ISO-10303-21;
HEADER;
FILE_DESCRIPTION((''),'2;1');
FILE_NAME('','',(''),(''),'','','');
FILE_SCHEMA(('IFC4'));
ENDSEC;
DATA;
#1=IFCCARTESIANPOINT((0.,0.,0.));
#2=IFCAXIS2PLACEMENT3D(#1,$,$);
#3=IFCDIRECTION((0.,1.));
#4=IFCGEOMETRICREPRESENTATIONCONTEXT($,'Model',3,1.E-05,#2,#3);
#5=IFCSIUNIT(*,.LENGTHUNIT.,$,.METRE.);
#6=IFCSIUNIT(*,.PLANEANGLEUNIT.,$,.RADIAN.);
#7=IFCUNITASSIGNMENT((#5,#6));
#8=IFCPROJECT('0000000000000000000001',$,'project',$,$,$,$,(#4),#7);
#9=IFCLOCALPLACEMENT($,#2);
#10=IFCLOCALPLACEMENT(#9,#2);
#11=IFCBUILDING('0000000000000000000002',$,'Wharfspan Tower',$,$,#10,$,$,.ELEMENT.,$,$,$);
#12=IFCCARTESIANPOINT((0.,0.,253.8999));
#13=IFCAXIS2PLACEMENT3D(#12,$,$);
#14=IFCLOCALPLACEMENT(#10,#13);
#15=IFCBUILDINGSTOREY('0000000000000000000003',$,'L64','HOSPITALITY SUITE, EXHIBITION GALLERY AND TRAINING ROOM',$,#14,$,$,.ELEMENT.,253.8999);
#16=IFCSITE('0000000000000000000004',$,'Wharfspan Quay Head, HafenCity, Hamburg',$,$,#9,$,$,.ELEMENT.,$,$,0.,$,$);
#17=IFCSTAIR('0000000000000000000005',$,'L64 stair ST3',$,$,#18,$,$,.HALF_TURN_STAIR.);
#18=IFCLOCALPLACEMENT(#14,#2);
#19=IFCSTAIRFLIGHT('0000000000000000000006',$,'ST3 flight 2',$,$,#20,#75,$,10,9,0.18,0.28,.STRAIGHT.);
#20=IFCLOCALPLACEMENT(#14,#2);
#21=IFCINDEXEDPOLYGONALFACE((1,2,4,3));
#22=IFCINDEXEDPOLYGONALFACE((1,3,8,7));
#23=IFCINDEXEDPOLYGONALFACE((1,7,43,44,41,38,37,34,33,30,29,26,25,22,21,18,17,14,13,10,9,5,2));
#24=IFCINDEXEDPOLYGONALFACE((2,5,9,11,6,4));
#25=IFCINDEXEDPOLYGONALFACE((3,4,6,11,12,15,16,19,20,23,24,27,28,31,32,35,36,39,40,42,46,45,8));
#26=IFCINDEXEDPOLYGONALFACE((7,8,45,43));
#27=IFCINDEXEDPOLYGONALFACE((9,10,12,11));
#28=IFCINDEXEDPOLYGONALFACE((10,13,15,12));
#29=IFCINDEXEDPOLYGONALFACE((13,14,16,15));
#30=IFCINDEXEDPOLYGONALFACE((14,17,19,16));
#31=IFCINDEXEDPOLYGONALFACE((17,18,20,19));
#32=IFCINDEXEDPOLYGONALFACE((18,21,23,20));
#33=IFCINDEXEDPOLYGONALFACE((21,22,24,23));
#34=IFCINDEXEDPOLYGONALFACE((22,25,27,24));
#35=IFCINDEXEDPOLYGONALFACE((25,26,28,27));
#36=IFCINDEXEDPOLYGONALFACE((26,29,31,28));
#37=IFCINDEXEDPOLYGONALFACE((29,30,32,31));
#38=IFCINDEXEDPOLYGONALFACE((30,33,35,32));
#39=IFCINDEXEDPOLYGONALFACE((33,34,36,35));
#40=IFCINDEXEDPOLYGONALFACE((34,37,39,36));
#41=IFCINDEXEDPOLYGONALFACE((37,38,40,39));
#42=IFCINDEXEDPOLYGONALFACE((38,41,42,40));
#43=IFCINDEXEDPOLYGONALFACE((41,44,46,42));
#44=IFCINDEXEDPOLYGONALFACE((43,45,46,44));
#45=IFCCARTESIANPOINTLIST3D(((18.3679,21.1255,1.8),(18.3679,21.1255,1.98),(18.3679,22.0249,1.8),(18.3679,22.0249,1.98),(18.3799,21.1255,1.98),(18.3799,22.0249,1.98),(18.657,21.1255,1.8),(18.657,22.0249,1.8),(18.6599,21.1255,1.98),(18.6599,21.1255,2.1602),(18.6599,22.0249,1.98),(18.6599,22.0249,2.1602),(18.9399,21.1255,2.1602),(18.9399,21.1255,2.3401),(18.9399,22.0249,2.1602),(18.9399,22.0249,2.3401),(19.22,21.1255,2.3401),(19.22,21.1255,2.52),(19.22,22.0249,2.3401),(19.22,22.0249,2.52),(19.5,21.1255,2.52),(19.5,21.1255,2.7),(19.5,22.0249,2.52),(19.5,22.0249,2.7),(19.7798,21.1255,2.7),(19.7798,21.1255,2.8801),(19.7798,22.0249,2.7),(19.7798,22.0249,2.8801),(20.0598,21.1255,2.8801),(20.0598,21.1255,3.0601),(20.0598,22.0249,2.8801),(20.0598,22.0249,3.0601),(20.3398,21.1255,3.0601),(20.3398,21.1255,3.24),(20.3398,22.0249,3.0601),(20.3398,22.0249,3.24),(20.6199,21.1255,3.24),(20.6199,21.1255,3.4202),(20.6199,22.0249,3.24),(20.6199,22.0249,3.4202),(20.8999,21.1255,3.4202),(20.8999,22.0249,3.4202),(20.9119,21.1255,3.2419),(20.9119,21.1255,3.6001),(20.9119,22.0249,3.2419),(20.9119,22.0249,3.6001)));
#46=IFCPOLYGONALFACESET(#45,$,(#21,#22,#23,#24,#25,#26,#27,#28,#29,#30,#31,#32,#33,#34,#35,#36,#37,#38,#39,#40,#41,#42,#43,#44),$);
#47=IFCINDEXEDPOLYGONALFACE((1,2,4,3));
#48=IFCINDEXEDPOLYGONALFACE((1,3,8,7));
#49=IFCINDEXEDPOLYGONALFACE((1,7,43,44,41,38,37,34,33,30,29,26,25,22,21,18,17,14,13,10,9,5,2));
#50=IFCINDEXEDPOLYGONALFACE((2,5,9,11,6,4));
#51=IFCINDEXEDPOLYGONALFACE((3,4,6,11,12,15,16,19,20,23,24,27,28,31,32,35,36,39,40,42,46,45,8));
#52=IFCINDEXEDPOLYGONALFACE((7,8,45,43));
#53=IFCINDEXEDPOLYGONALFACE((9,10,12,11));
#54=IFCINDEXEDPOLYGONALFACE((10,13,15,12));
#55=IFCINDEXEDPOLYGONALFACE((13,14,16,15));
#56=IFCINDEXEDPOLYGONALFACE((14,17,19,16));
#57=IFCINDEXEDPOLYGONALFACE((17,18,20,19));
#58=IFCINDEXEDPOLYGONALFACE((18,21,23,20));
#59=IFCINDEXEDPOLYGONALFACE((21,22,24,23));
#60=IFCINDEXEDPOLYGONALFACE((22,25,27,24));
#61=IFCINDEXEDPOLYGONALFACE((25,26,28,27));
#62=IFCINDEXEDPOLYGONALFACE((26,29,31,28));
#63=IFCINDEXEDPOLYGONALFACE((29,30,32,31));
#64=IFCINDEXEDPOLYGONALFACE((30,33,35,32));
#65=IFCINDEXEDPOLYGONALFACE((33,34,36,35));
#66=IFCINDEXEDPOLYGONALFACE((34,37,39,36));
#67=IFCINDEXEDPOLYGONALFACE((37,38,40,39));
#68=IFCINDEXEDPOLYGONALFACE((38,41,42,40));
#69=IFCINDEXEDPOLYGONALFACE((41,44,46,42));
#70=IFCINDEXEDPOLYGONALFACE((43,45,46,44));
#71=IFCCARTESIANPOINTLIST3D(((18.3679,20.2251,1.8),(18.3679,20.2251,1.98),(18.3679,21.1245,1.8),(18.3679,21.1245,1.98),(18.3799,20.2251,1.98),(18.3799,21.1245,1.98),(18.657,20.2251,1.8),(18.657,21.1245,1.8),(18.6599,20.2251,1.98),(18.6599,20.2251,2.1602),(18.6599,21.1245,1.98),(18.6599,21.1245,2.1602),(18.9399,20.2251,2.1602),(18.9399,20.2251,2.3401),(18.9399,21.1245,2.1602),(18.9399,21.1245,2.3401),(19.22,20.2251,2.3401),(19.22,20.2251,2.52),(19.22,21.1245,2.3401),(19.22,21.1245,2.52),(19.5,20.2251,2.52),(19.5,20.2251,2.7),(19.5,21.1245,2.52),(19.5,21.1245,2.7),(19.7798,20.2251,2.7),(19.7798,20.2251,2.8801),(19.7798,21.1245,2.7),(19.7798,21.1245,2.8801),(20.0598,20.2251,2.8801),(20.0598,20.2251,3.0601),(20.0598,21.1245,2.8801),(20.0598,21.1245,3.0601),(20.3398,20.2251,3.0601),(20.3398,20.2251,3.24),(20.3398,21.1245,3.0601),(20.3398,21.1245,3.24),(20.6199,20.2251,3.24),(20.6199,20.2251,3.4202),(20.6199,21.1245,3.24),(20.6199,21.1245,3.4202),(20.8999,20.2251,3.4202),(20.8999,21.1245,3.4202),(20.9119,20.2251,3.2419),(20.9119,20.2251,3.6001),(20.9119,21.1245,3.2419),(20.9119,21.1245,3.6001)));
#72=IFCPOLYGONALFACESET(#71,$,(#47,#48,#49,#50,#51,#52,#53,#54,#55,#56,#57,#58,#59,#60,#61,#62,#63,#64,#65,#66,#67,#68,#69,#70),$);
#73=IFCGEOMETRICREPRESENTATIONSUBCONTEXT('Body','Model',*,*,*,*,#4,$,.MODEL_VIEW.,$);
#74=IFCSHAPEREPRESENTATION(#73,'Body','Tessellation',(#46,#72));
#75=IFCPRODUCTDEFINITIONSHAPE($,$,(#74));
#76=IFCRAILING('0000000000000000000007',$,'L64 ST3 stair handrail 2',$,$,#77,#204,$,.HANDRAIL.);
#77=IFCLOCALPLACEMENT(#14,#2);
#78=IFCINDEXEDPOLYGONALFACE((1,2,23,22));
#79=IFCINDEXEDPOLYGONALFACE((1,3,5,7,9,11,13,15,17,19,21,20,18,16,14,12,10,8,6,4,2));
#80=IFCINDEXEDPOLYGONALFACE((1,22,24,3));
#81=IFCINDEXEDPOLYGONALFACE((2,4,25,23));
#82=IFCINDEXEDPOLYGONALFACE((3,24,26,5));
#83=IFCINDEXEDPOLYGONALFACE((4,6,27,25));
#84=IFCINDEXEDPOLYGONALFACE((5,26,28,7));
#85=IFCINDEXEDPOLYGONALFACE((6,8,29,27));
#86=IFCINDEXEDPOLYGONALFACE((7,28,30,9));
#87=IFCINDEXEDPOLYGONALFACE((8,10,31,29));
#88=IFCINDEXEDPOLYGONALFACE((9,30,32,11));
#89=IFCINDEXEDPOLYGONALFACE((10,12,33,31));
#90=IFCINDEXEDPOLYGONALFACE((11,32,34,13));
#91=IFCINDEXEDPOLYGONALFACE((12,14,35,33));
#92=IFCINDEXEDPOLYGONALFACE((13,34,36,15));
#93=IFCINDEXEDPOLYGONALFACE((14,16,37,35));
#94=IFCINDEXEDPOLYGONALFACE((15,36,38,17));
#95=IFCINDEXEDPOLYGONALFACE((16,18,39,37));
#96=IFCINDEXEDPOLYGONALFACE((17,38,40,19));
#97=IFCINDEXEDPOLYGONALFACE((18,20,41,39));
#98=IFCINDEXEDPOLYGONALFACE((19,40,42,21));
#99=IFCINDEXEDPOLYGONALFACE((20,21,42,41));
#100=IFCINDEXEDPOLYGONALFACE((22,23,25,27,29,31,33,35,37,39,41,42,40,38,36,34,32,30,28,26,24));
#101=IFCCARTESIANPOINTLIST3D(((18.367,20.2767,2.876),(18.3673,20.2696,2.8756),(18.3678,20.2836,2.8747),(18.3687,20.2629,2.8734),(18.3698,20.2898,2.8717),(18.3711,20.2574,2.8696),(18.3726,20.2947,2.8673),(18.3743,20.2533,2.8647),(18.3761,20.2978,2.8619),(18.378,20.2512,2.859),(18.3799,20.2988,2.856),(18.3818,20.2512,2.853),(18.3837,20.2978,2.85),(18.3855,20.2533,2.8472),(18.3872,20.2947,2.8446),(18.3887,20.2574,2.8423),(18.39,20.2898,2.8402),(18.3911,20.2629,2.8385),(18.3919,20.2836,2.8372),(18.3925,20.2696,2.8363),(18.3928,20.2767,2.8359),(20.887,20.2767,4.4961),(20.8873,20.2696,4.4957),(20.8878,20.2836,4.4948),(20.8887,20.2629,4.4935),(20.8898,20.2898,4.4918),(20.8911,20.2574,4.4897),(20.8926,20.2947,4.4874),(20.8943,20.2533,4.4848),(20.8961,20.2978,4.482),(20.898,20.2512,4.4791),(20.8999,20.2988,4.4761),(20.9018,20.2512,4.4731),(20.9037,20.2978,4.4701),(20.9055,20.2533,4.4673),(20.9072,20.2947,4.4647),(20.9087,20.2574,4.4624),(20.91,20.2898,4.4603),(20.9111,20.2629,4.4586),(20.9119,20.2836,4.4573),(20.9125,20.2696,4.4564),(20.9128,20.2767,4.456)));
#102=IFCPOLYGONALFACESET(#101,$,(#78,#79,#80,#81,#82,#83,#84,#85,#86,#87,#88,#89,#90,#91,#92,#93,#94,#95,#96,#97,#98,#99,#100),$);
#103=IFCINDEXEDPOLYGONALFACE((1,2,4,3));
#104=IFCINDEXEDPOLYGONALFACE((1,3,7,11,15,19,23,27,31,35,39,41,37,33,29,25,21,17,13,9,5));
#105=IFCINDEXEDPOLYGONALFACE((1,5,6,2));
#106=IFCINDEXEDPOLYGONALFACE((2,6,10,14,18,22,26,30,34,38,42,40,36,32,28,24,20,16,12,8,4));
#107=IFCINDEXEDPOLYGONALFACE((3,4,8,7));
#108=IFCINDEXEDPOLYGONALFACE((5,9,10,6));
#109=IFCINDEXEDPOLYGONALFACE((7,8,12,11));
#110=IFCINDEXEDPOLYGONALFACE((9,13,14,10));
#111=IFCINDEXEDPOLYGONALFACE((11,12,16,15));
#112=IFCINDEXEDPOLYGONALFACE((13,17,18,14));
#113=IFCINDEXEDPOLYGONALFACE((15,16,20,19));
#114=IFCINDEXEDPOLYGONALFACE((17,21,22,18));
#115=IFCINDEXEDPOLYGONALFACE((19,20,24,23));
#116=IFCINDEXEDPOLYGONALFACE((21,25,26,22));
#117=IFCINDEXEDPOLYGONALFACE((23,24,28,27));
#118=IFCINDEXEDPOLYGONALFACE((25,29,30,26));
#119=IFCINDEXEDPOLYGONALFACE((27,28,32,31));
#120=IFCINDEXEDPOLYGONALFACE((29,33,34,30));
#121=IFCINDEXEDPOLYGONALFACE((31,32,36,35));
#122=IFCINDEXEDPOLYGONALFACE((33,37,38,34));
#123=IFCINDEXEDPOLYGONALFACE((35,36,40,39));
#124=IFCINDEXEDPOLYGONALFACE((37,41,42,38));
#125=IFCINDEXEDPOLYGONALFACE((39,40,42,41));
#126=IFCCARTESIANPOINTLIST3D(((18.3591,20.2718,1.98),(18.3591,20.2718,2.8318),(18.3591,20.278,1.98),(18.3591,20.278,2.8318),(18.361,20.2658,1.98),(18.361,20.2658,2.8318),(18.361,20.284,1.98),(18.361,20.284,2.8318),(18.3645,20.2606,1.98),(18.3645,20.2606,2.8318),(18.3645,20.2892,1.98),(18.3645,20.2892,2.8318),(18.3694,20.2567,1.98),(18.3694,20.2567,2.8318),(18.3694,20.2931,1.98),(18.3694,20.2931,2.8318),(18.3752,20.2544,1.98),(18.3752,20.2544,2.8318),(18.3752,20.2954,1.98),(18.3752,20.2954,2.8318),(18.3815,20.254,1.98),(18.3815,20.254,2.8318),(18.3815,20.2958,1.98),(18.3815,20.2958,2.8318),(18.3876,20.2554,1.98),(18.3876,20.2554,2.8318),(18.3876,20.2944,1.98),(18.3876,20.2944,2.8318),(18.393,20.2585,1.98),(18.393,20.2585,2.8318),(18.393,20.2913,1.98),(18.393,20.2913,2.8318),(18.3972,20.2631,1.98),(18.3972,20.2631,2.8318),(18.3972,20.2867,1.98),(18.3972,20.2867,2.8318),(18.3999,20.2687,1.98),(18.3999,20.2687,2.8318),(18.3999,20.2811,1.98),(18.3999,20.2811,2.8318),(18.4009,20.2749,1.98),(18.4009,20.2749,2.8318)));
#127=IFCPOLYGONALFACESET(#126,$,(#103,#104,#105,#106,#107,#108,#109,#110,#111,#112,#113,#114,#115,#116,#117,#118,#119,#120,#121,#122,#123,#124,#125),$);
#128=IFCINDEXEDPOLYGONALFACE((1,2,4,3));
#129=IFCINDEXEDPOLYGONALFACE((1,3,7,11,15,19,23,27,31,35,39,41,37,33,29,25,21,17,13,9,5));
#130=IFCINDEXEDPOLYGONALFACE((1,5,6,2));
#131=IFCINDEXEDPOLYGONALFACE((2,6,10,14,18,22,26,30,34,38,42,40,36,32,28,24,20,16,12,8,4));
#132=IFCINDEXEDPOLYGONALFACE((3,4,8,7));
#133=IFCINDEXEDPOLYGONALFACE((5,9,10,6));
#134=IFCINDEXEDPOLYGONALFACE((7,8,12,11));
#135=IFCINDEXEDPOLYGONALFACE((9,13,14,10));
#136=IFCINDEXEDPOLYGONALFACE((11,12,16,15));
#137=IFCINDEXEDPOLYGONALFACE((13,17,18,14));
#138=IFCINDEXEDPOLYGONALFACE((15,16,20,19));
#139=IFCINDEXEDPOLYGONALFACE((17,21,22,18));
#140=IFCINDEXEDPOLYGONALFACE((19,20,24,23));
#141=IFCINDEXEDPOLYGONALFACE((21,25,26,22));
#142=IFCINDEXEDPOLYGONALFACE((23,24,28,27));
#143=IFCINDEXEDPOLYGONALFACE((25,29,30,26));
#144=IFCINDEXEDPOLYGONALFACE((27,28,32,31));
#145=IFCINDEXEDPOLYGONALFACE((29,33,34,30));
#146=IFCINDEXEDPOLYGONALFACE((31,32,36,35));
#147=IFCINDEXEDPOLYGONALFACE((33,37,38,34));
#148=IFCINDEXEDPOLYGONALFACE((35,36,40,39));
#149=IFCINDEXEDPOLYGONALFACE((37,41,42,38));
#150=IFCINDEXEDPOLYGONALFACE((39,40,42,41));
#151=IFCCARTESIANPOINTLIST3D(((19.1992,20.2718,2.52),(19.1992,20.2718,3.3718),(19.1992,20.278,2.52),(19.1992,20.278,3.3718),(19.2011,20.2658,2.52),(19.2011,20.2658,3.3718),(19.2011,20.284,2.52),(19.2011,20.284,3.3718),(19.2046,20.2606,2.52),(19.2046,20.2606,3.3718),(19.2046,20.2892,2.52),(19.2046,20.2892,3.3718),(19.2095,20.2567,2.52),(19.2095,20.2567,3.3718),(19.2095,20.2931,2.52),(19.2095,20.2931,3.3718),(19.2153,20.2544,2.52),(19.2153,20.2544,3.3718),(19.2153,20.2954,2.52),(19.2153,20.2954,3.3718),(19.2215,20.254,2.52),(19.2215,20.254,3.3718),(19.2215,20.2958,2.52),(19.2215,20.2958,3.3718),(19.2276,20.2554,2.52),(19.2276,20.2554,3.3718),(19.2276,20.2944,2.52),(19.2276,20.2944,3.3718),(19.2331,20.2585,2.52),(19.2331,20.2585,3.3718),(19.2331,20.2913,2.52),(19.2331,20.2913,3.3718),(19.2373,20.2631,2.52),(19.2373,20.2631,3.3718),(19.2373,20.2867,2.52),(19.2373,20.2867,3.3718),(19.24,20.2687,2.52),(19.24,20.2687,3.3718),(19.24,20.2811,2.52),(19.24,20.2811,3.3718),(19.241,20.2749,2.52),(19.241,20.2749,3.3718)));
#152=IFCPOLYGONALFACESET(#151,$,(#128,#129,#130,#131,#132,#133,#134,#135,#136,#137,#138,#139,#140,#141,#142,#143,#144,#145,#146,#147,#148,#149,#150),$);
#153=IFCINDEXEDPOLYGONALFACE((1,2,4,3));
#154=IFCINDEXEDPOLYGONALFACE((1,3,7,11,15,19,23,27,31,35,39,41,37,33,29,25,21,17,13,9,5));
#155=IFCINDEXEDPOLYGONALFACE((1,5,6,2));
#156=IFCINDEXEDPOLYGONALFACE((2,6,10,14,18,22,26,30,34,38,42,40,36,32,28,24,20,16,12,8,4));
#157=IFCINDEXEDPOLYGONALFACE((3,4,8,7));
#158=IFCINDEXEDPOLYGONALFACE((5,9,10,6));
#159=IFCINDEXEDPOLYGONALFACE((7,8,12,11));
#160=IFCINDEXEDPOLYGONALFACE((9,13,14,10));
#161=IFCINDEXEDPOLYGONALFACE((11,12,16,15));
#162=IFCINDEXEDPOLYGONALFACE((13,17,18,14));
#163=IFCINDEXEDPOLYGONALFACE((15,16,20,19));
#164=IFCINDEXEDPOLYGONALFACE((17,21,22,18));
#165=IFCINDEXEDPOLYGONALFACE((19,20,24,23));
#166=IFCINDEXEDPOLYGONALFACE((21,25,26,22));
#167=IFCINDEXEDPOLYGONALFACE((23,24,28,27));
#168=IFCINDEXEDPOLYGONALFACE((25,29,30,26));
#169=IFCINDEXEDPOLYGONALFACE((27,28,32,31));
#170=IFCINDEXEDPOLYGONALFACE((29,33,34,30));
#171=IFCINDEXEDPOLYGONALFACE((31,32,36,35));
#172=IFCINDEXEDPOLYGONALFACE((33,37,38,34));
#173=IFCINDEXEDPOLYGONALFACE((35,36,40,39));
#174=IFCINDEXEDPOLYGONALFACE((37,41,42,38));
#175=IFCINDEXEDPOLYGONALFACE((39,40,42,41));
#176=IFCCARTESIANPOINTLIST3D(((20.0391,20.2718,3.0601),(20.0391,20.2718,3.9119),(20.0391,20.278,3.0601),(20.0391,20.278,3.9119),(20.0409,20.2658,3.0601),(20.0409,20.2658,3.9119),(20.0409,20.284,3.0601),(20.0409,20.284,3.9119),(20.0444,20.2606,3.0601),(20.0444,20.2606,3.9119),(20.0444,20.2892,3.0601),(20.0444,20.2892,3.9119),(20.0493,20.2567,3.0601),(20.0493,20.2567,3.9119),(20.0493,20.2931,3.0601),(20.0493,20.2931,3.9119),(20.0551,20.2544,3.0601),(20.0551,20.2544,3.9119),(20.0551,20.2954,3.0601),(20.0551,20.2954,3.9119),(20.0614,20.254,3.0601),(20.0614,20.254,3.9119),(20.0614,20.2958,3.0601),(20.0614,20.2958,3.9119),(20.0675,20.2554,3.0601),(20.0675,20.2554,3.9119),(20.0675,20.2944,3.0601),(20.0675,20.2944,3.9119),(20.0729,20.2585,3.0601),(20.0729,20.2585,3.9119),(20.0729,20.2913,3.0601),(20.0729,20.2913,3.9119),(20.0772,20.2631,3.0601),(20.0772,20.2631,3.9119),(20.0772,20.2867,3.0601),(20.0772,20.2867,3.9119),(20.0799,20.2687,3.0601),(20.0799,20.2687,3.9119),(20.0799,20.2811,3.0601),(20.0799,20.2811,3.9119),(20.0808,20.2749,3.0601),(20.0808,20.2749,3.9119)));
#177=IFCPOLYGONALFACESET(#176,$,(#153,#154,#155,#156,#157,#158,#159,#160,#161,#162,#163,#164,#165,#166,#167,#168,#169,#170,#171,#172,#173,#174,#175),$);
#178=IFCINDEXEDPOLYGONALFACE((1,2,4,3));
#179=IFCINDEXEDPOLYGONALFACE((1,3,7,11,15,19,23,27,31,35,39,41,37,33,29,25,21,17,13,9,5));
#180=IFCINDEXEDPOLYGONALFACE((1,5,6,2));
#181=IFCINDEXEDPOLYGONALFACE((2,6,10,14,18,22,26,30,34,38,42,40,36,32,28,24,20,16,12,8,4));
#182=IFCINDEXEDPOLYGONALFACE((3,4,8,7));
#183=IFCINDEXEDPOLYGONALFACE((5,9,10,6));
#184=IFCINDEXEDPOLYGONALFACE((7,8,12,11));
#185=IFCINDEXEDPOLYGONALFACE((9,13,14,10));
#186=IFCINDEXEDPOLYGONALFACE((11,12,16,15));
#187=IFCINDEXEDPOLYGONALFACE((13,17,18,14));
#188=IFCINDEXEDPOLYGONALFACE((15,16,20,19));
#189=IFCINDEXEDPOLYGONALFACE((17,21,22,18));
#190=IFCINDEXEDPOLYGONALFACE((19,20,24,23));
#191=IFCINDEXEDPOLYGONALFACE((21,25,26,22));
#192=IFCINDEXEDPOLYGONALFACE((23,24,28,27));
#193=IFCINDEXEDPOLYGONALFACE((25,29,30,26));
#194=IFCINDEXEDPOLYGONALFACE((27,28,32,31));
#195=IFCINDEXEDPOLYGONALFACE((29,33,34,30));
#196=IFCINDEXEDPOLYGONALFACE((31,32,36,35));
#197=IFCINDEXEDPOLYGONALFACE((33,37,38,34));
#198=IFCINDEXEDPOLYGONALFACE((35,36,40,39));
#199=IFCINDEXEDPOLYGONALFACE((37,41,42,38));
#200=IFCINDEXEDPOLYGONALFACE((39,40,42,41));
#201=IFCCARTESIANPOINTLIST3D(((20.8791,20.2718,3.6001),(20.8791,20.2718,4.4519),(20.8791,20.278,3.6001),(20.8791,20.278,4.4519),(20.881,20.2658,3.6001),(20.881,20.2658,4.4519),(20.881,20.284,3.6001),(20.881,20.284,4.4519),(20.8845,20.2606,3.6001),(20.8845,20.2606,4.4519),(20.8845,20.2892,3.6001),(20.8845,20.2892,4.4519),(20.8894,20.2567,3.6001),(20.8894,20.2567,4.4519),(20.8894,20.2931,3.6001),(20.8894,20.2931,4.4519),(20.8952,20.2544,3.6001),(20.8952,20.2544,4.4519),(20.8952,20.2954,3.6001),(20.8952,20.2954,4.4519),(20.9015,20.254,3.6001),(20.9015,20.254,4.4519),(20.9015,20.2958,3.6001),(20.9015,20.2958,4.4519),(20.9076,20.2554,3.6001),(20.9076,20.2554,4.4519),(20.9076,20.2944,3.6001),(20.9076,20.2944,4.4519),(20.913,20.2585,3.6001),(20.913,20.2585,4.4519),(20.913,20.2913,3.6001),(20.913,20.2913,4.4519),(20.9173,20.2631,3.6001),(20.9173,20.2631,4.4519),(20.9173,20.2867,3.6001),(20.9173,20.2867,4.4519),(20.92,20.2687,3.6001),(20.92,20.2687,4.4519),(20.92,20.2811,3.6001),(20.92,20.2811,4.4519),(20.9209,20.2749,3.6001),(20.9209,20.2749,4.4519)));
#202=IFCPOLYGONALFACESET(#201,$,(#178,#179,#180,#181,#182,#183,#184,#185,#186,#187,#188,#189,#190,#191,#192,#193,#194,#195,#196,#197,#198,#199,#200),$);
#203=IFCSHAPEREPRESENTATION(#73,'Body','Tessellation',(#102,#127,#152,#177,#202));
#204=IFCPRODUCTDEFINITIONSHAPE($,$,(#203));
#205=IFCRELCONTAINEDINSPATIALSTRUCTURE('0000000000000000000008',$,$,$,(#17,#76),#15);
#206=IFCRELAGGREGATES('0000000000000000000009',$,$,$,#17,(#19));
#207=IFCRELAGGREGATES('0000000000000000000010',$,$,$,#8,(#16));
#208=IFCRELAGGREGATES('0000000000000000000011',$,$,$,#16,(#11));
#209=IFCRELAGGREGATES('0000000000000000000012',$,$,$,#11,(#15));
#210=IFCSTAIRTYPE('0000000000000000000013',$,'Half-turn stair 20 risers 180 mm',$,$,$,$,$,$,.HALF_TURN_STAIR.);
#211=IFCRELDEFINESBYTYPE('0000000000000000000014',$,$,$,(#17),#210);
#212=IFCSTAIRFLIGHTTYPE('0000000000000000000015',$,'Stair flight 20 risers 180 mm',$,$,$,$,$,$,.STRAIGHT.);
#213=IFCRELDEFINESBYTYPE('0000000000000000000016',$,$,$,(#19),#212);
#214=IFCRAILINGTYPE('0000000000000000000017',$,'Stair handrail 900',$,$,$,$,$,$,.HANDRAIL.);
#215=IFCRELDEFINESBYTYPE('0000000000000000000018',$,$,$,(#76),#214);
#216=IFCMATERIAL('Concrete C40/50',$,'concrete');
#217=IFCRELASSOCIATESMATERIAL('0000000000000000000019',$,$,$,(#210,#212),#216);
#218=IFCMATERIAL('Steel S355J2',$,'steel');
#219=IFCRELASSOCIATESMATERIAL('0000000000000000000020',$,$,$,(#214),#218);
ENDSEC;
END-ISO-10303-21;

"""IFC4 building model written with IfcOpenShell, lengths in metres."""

from ifc_helpers import new_model, si_unit, direction, frame, origin, origin_2d, place, context, subcontext, project, spatial, polyline, circle, outline, extrude, material, type_object, element, aggregate, save


model = new_model("IFC4")

# Units and contexts
model_context = context("Model", 3, precision=1e-05, world=origin(), true_north=direction((0.0, 1.0)))
body_context = subcontext(model_context, "Body", "Model", "MODEL_VIEW")
ifc_project = project(units=[si_unit("LENGTHUNIT", "METRE"), si_unit("PLANEANGLEUNIT", "RADIAN")], contexts=[model_context])

# Site, building, storey
site_placement = place(None, origin())
site = spatial("IfcSite", under=ifc_project, at=site_placement, Name="Wharfspan Quay Head, HafenCity, Hamburg", CompositionType="ELEMENT", RefElevation=0.0)
building_placement = place(site_placement, origin())
building = spatial("IfcBuilding", under=site, at=building_placement, Name="Wharfspan Tower", CompositionType="ELEMENT")
storey_placement = place(building_placement, frame((0.0, 0.0, 253.8999)))
storey = spatial("IfcBuildingStorey", under=building, at=storey_placement, Name="L64", Description="HOSPITALITY SUITE, EXHIBITION GALLERY AND TRAINING ROOM", CompositionType="ELEMENT", Elevation=253.8999)

# Shared definitions
ifc_material_1 = material(Name="Steel S355J2", Category="steel")

# Shared definitions
ifc_material_2 = material(Name="Concrete C40/50", Category="concrete")

# Stair, stair flight
stair_type = type_object("IfcStairType", Name="Half-turn stair 20 risers 180 mm", PredefinedType="HALF_TURN_STAIR", material=ifc_material_2)
stair_placement = place(storey_placement, origin())
stair = element("IfcStair", 1, at=stair_placement, inside=storey, type_object=stair_type, Name="L64 stair ST3", PredefinedType="HALF_TURN_STAIR")
stair_flight_type = type_object("IfcStairFlightType", Name="Stair flight 20 risers 180 mm", PredefinedType="STRAIGHT", material=ifc_material_2)
stair_flight_placement = place(storey_placement, frame((18.3799, 21.125, 1.8), z_axis=(0.0, 0.0, 1.0), x_axis=(1.0, 0.0, 0.0)))
stair_flight = element("IfcStairFlight", 2, at=stair_flight_placement, type_object=stair_flight_type, Name="ST3 flight 2", NumberOfRisers=10, NumberOfTreads=9, PredefinedType="STRAIGHT", RiserHeight=0.18, TreadLength=0.28, context=body_context, shape_type="SweptSolid", body=[
    extrude(outline(polyline([(-0.012, 0.0), (-0.012, 0.1799), (0.0, 0.1799), (0.28, 0.1799), (0.28, 0.3601), (0.5601, 0.3601), (0.5601, 0.54), (0.8401, 0.54), (0.8401, 0.72), (1.1201, 0.72), (1.1201, 0.8999), (1.3999, 0.8999), (1.3999, 1.0801), (1.6799, 1.0801), (1.6799, 1.26), (1.96, 1.26), (1.96, 1.4399), (2.24, 1.4399), (2.24, 1.6201), (2.52, 1.6201), (2.532, 1.8), (2.532, 1.4419), (0.2771, 0.0), (-0.012, 0.0)])), frame((0.0, 0.8999, 0.0), z_axis=(0.0, -1.0, 0.0), x_axis=(1.0, 0.0, 0.0)), (0.0, 0.0, 1.0), 0.8994),
    extrude(outline(polyline([(-0.012, 0.0), (-0.012, 0.1799), (0.0, 0.1799), (0.28, 0.1799), (0.28, 0.3601), (0.5601, 0.3601), (0.5601, 0.54), (0.8401, 0.54), (0.8401, 0.72), (1.1201, 0.72), (1.1201, 0.8999), (1.3999, 0.8999), (1.3999, 1.0801), (1.6799, 1.0801), (1.6799, 1.26), (1.96, 1.26), (1.96, 1.4399), (2.24, 1.4399), (2.24, 1.6201), (2.52, 1.6201), (2.532, 1.8), (2.532, 1.4419), (0.2771, 0.0), (-0.012, 0.0)])), frame((0.0, -0.0005, 0.0), z_axis=(0.0, -1.0, 0.0), x_axis=(1.0, 0.0, 0.0)), (0.0, 0.0, 1.0), 0.8994),
])
aggregate(stair, [stair_flight])

# Railing
railing_type = type_object("IfcRailingType", Name="Stair handrail 900", PredefinedType="HANDRAIL", material=ifc_material_1)
railing_placement = place(storey_placement, frame((18.3799, 20.2749, 1.98)))
element("IfcRailing", 3, at=railing_placement, inside=storey, type_object=railing_type, Name="L64 ST3 stair handrail 2", PredefinedType="HANDRAIL", context=body_context, shape_type="SweptSolid", body=[
    extrude(circle(Radius=0.0239, at=origin_2d()), frame((0.0, 0.0, 0.876), z_axis=(0.841163, 0.0, 0.540782), x_axis=(0.0, 1.0, 0.0)), (0.0, 0.0, 1.0), 2.9958),
    extrude(circle(Radius=0.021, at=origin_2d()), origin(), (0.0, 0.0, 1.0), 0.8518),
    extrude(circle(Radius=0.021, at=origin_2d()), frame((0.8401, 0.0, 0.54)), (0.0, 0.0, 1.0), 0.8518),
    extrude(circle(Radius=0.021, at=origin_2d()), frame((1.6799, 0.0, 1.0801)), (0.0, 0.0, 1.0), 0.8518),
    extrude(circle(Radius=0.021, at=origin_2d()), frame((2.52, 0.0, 1.6201)), (0.0, 0.0, 1.0), 0.8518),
])

save(model, "model.ifc")
